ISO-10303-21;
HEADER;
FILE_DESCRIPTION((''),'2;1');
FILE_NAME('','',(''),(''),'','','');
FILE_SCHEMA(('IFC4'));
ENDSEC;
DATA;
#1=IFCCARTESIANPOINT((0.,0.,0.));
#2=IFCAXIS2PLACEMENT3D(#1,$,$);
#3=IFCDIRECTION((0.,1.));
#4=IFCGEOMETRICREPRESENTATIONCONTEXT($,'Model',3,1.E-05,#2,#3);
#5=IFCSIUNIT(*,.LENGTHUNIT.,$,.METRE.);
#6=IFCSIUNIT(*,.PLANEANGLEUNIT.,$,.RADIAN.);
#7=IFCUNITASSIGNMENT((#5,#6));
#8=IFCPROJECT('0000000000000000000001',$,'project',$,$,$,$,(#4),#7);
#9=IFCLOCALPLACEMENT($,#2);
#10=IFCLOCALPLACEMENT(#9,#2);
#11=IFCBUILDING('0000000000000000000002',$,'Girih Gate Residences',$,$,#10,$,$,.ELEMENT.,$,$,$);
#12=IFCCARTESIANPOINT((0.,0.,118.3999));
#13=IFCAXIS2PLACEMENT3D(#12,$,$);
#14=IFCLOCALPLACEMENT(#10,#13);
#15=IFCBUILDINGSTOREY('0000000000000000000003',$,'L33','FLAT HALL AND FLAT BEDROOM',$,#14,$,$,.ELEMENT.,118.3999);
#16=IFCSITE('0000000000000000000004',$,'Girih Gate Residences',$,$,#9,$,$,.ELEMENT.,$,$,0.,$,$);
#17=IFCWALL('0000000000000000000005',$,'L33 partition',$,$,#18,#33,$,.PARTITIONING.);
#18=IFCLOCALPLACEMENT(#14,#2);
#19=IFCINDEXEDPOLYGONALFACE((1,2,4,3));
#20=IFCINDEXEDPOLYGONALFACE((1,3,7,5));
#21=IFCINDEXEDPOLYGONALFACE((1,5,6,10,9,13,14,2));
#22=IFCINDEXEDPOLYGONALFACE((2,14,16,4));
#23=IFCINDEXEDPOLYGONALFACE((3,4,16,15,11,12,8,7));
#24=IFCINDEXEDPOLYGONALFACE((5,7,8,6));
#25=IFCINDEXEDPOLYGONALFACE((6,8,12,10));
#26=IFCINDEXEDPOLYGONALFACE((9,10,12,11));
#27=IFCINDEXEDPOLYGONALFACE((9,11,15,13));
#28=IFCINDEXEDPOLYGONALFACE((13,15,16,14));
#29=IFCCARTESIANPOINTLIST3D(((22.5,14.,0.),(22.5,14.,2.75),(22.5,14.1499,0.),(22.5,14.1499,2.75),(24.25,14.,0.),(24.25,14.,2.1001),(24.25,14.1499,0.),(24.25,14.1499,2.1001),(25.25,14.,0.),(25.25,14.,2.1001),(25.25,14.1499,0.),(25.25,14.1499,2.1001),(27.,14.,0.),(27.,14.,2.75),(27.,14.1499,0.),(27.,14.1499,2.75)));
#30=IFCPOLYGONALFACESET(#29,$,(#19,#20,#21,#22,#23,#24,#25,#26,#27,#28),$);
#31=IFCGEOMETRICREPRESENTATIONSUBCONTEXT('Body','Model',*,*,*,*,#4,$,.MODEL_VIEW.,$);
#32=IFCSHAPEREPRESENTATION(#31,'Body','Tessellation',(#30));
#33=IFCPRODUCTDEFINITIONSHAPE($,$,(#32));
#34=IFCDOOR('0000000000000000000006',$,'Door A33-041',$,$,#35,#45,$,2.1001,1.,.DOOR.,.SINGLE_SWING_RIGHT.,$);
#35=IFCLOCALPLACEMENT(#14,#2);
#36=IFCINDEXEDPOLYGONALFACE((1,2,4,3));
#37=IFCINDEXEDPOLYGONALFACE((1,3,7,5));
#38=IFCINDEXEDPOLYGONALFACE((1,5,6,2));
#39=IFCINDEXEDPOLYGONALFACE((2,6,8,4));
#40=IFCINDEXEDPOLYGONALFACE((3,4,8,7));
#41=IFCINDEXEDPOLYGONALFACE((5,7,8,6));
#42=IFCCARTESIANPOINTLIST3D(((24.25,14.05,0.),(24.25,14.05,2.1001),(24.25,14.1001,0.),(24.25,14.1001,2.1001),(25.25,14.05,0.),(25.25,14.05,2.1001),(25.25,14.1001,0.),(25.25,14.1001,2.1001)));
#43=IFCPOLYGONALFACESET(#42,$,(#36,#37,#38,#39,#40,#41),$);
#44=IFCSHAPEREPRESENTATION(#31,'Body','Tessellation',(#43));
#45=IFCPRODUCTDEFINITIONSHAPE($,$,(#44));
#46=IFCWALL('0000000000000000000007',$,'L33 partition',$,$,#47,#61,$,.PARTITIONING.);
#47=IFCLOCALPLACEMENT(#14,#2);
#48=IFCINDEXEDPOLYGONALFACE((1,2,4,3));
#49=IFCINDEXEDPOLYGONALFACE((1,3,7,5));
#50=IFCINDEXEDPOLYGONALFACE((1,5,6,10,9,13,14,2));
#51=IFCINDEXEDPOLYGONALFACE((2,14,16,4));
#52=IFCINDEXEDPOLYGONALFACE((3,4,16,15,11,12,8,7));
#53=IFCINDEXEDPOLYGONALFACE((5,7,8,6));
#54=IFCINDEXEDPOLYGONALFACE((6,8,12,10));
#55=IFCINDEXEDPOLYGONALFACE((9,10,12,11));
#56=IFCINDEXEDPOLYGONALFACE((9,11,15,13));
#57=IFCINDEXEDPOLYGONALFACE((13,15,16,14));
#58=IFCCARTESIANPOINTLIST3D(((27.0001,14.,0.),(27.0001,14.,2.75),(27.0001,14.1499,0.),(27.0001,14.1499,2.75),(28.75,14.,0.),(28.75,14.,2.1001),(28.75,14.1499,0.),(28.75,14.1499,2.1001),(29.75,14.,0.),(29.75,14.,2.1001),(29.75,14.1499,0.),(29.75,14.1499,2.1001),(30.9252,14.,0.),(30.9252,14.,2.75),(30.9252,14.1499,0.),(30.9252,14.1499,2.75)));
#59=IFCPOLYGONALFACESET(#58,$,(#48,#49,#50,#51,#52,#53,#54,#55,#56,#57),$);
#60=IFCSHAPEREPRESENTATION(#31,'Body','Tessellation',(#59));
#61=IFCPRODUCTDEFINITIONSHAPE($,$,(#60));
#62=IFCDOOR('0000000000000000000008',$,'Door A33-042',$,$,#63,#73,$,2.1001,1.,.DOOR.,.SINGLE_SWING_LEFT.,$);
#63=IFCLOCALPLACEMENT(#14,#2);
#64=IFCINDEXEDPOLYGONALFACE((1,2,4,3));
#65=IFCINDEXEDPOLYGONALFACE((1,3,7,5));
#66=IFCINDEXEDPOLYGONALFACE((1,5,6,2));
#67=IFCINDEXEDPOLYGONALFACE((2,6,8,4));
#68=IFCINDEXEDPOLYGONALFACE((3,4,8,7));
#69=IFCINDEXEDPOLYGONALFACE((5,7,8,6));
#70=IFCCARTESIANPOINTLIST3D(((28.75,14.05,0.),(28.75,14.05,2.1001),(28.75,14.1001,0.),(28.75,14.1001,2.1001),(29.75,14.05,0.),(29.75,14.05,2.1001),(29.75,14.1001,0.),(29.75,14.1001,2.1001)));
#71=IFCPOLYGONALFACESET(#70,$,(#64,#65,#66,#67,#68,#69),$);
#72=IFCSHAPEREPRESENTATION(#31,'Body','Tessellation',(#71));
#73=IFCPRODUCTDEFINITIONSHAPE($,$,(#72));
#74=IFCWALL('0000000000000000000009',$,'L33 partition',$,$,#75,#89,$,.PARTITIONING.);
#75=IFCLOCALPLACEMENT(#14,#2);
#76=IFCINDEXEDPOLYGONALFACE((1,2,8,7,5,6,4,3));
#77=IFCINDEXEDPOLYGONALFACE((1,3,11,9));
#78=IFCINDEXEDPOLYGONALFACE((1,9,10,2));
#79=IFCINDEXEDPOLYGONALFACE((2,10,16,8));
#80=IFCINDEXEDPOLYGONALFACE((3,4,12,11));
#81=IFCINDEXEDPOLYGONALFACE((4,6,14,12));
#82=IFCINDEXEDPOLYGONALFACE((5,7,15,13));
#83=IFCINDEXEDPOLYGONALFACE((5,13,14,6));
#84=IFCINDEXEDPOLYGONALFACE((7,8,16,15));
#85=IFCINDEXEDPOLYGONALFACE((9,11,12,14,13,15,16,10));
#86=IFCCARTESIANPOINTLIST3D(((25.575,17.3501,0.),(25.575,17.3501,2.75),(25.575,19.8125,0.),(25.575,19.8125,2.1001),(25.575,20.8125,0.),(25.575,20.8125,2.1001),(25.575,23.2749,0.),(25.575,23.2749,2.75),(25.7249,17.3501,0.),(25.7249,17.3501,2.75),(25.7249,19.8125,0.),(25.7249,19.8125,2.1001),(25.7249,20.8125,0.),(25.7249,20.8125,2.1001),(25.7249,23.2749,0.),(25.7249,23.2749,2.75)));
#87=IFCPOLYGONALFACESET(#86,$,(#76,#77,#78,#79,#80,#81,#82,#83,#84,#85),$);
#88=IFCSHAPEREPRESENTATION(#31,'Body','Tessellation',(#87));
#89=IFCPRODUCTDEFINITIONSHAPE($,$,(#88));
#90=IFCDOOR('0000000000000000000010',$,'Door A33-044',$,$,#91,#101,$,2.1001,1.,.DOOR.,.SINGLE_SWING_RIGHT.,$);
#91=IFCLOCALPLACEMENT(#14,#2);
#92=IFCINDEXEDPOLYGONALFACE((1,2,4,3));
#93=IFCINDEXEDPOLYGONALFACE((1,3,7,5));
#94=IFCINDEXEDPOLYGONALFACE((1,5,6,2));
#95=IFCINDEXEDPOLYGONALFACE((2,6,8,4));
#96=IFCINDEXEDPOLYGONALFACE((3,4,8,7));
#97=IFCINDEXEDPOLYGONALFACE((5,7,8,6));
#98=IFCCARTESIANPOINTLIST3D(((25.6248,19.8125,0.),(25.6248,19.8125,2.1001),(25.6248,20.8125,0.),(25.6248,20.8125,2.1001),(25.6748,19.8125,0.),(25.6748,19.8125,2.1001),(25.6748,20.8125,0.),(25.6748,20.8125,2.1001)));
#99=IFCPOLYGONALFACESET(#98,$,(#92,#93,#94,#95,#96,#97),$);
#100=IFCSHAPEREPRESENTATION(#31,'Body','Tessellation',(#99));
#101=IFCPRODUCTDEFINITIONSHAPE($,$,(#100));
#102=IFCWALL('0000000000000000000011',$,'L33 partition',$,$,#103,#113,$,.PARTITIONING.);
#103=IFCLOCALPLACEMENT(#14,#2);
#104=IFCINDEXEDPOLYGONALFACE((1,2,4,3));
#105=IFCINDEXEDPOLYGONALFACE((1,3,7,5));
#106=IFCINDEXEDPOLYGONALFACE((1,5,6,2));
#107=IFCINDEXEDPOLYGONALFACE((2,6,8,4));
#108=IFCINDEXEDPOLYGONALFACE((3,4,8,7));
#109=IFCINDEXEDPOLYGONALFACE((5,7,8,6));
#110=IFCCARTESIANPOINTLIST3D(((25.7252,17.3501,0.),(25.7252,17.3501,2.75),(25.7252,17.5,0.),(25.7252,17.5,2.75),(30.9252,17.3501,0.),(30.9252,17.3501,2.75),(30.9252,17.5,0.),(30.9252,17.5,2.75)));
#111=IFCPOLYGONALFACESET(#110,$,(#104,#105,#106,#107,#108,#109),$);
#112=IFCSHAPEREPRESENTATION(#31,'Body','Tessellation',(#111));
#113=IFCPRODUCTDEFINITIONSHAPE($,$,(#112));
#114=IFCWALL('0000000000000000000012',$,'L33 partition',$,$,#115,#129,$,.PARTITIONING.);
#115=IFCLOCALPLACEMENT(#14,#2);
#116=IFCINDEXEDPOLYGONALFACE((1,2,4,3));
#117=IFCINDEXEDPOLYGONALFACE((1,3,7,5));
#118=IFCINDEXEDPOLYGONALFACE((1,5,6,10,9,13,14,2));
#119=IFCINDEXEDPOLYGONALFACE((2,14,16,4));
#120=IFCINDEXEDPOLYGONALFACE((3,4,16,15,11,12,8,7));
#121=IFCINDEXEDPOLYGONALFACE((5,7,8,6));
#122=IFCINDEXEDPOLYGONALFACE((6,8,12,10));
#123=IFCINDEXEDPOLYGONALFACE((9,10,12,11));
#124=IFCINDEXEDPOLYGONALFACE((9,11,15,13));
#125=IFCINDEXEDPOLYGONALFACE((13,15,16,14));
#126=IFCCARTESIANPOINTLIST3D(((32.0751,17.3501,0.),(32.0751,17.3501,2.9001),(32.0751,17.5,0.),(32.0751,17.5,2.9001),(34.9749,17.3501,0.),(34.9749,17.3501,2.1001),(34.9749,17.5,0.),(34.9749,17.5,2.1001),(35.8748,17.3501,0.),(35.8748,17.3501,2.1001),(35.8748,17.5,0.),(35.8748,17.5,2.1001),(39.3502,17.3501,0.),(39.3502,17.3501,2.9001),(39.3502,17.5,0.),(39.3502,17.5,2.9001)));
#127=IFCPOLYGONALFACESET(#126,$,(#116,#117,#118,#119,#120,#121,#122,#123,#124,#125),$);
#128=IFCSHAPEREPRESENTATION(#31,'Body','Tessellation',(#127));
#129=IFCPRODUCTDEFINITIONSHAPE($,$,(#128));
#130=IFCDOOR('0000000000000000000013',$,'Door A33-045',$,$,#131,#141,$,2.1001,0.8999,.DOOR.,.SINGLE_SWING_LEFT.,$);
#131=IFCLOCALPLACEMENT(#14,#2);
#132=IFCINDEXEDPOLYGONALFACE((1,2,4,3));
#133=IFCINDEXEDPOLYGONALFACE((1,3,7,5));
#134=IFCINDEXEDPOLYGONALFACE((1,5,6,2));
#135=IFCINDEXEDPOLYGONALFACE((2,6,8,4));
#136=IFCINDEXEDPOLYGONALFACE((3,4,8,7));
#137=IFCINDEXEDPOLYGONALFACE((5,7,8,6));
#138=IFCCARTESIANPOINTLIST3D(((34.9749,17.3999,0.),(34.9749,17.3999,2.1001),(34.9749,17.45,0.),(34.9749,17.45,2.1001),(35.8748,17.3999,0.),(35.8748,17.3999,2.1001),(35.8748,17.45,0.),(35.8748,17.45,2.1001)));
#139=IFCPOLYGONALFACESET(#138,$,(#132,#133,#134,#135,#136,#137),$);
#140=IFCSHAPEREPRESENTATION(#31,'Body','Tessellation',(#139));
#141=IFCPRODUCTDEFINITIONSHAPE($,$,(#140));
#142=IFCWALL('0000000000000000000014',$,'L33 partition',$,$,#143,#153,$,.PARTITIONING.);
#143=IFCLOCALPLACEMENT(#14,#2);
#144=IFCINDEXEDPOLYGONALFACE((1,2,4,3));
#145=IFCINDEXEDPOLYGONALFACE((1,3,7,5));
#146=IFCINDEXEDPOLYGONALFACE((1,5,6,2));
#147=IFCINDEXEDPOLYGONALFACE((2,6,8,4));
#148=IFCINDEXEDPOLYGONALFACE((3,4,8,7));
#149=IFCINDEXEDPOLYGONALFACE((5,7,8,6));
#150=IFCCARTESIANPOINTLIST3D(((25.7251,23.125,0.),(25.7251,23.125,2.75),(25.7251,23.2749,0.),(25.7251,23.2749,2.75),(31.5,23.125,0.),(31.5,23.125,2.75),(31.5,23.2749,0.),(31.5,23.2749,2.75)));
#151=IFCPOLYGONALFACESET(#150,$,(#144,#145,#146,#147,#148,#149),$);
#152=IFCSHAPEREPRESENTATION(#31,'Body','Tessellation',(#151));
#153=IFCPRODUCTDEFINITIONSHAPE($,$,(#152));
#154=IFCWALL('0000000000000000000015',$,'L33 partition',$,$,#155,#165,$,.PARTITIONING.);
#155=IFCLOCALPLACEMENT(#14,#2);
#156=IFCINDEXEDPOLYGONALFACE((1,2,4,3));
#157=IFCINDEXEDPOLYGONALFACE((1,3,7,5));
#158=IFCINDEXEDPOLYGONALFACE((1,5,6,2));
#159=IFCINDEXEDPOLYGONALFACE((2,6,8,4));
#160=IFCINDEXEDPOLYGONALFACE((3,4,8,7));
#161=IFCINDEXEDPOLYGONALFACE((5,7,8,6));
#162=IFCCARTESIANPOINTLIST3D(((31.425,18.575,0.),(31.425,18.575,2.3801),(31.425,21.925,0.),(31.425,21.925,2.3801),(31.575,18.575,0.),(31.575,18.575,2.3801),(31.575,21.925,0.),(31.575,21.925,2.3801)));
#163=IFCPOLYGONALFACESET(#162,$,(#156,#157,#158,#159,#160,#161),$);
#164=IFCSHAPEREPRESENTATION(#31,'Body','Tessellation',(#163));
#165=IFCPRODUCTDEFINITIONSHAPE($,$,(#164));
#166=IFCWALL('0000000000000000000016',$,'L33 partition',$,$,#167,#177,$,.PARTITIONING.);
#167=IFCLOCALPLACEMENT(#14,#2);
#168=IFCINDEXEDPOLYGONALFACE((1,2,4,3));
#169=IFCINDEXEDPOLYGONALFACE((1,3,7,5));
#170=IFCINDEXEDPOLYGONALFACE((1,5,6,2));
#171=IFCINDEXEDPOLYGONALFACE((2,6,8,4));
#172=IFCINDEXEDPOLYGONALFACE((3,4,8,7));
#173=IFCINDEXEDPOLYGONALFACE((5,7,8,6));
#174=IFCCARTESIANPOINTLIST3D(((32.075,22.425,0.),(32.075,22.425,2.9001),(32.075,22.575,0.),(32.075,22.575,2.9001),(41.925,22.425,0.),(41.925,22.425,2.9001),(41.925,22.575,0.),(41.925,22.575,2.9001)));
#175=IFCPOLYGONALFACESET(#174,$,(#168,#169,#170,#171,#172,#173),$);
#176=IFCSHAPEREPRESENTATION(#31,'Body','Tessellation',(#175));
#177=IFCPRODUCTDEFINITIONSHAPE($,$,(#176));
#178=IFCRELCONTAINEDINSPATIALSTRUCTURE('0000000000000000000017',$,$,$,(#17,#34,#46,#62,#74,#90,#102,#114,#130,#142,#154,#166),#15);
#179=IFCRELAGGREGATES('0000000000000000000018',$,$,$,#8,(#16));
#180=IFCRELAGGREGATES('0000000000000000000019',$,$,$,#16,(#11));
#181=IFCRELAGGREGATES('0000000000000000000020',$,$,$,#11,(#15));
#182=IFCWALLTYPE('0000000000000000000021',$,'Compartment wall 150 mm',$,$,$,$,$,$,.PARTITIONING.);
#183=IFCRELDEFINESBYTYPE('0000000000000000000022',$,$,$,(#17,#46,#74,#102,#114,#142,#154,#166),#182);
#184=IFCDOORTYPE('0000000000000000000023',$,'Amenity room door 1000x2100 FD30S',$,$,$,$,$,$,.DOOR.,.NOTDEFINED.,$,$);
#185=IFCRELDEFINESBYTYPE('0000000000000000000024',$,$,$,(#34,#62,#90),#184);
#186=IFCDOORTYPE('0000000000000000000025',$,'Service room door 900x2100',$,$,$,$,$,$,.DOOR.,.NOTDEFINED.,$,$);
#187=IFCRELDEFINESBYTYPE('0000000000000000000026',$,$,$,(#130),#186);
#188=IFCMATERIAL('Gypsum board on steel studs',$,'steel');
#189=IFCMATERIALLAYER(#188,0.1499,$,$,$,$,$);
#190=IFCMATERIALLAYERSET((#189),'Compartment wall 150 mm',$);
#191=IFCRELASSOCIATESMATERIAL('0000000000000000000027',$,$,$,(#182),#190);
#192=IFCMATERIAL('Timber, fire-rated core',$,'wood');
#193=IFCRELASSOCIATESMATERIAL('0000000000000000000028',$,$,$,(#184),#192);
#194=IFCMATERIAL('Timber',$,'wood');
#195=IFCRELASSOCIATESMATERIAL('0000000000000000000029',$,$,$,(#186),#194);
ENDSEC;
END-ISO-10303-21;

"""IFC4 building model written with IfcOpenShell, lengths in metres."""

from ifc_helpers import new_model, si_unit, direction, frame, frame_2d, origin, place, context, subcontext, project, spatial, rectangle, extrude, material, layer, layer_set, type_object, element, fill, save


model = new_model("IFC4")

# Units and contexts
model_context = context("Model", 3, precision=1e-05, world=origin(), true_north=direction((0.0, 1.0)))
body_context = subcontext(model_context, "Body", "Model", "MODEL_VIEW")
ifc_project = project(units=[si_unit("LENGTHUNIT", "METRE"), si_unit("PLANEANGLEUNIT", "RADIAN")], contexts=[model_context])

# Site, building, storey
site_placement = place(None, origin())
site = spatial("IfcSite", under=ifc_project, at=site_placement, Name="Girih Gate Residences", CompositionType="ELEMENT", RefElevation=0.0)
building_placement = place(site_placement, origin())
building = spatial("IfcBuilding", under=site, at=building_placement, Name="Girih Gate Residences", CompositionType="ELEMENT")
storey_placement = place(building_placement, frame((0.0, 0.0, 118.3999)))
storey = spatial("IfcBuildingStorey", under=building, at=storey_placement, Name="L33", Description="FLAT HALL AND FLAT BEDROOM", CompositionType="ELEMENT", Elevation=118.3999)

# Shared definitions
ifc_material_1 = material(Name="Gypsum board on steel studs", Category="steel")

# Shared definitions
ifc_layer_1 = layer(ifc_material_1, 0.1499)
ifc_layer_set_1 = layer_set([ifc_layer_1], Name="Compartment wall 150 mm")
wall_type_1 = type_object("IfcWallType", Name="Compartment wall 150 mm", PredefinedType="PARTITIONING", material=ifc_layer_set_1)
ifc_material_2 = material(Name="Timber, fire-rated core", Category="wood")

# Walls, openings, doors
wall_1_placement = place(storey_placement, frame((27.0, 14.075, 0.0), z_axis=(0.0, 0.0, 1.0), x_axis=(-1.0, 0.0, 0.0)))
wall_1 = element("IfcWall", 1, at=wall_1_placement, inside=storey, type_object=wall_type_1, Name="L33 partition", PredefinedType="PARTITIONING", context=body_context, shape_type="SweptSolid", body=[
    extrude(rectangle(XDim=4.5, YDim=0.1499, at=frame_2d((2.25, 0.0))), origin(), (0.0, 0.0, 1.0), 2.75),
])
opening_1_placement = place(wall_1_placement, frame((1.75, 0.0, 0.0)))
opening_1 = element("IfcOpeningElement", 2, at=opening_1_placement, cuts=wall_1, PredefinedType="OPENING", context=body_context, shape_type="SweptSolid", body=[
    extrude(rectangle(XDim=1.0, YDim=2.1001, at=frame_2d((0.5, 1.05))), frame((0.0, 0.085, 0.0), z_axis=(0.0, -1.0, 0.0), x_axis=(1.0, 0.0, 0.0)), (0.0, 0.0, 1.0), 0.1699),
])
door_type_1 = type_object("IfcDoorType", Name="Amenity room door 1000x2100 FD30S", OperationType="NOTDEFINED", PredefinedType="DOOR", material=ifc_material_2)
door_1_placement = place(opening_1_placement, origin())
door_1 = element("IfcDoor", 3, at=door_1_placement, inside=storey, type_object=door_type_1, Name="Door A33-041", OperationType="SINGLE_SWING_RIGHT", OverallHeight=2.1001, OverallWidth=1.0, PredefinedType="DOOR", context=body_context, shape_type="SweptSolid", body=[
    extrude(rectangle(XDim=1.0, YDim=2.1001, at=frame_2d((0.5, 1.05))), frame((0.0, 0.0249, 0.0), z_axis=(0.0, -1.0, 0.0), x_axis=(1.0, 0.0, 0.0)), (0.0, 0.0, 1.0), 0.05),
])
fill(opening_1, door_1)
wall_2_placement = place(storey_placement, frame((30.925, 14.075, 0.0), z_axis=(0.0, 0.0, 1.0), x_axis=(-1.0, 0.0, 0.0)))
wall_2 = element("IfcWall", 4, at=wall_2_placement, inside=storey, type_object=wall_type_1, Name="L33 partition", PredefinedType="PARTITIONING", context=body_context, shape_type="SweptSolid", body=[
    extrude(rectangle(XDim=3.925, YDim=0.1499, at=frame_2d((1.9624, 0.0))), origin(), (0.0, 0.0, 1.0), 2.75),
])
opening_2_placement = place(wall_2_placement, frame((1.175, 0.0, 0.0)))
opening_2 = element("IfcOpeningElement", 5, at=opening_2_placement, cuts=wall_2, PredefinedType="OPENING", context=body_context, shape_type="SweptSolid", body=[
    extrude(rectangle(XDim=1.0, YDim=2.1001, at=frame_2d((0.5, 1.05))), frame((0.0, 0.085, 0.0), z_axis=(0.0, -1.0, 0.0), x_axis=(1.0, 0.0, 0.0)), (0.0, 0.0, 1.0), 0.1699),
])
door_2_placement = place(opening_2_placement, origin())
door_2 = element("IfcDoor", 6, at=door_2_placement, inside=storey, type_object=door_type_1, Name="Door A33-042", OperationType="SINGLE_SWING_LEFT", OverallHeight=2.1001, OverallWidth=1.0, PredefinedType="DOOR", context=body_context, shape_type="SweptSolid", body=[
    extrude(rectangle(XDim=1.0, YDim=2.1001, at=frame_2d((0.5, 1.05))), frame((0.0, 0.0249, 0.0), z_axis=(0.0, -1.0, 0.0), x_axis=(1.0, 0.0, 0.0)), (0.0, 0.0, 1.0), 0.05),
])
fill(opening_2, door_2)
wall_3_placement = place(storey_placement, frame((25.6499, 23.2749, 0.0), z_axis=(0.0, 0.0, 1.0), x_axis=(0.0, -1.0, 0.0)))
wall_3 = element("IfcWall", 7, at=wall_3_placement, inside=storey, type_object=wall_type_1, Name="L33 partition", PredefinedType="PARTITIONING", context=body_context, shape_type="SweptSolid", body=[
    extrude(rectangle(XDim=5.9248, YDim=0.1499, at=frame_2d((2.9624, 0.0))), origin(), (0.0, 0.0, 1.0), 2.75),
])
opening_3_placement = place(wall_3_placement, frame((2.4624, 0.0, 0.0)))
opening_3 = element("IfcOpeningElement", 8, at=opening_3_placement, cuts=wall_3, PredefinedType="OPENING", context=body_context, shape_type="SweptSolid", body=[
    extrude(rectangle(XDim=1.0, YDim=2.1001, at=frame_2d((0.5, 1.05))), frame((0.0, 0.085, 0.0), z_axis=(0.0, -1.0, 0.0), x_axis=(1.0, 0.0, 0.0)), (0.0, 0.0, 1.0), 0.1699),
])
door_3_placement = place(opening_3_placement, origin())
door_3 = element("IfcDoor", 9, at=door_3_placement, inside=storey, type_object=door_type_1, Name="Door A33-044", OperationType="SINGLE_SWING_RIGHT", OverallHeight=2.1001, OverallWidth=1.0, PredefinedType="DOOR", context=body_context, shape_type="SweptSolid", body=[
    extrude(rectangle(XDim=1.0, YDim=2.1001, at=frame_2d((0.5, 1.05))), frame((0.0, 0.0249, 0.0), z_axis=(0.0, -1.0, 0.0), x_axis=(1.0, 0.0, 0.0)), (0.0, 0.0, 1.0), 0.05),
])
fill(opening_3, door_3)

# Wall
wall_4_placement = place(storey_placement, frame((25.7251, 17.425, 0.0), z_axis=(0.0, 0.0, 1.0), x_axis=(1.0, 0.0, 0.0)))
element("IfcWall", 10, at=wall_4_placement, inside=storey, type_object=wall_type_1, Name="L33 partition", PredefinedType="PARTITIONING", context=body_context, shape_type="SweptSolid", body=[
    extrude(rectangle(XDim=5.2, YDim=0.1499, at=frame_2d((2.6001, 0.0))), origin(), (0.0, 0.0, 1.0), 2.75),
])

# Wall, opening, door
wall_5_placement = place(storey_placement, frame((32.075, 17.425, 0.0), z_axis=(0.0, 0.0, 1.0), x_axis=(1.0, 0.0, 0.0)))
wall_5 = element("IfcWall", 11, at=wall_5_placement, inside=storey, type_object=wall_type_1, Name="L33 partition", PredefinedType="PARTITIONING", context=body_context, shape_type="SweptSolid", body=[
    extrude(rectangle(XDim=7.2751, YDim=0.1499, at=frame_2d((3.6377, 0.0))), origin(), (0.0, 0.0, 1.0), 2.9001),
])
opening_4_placement = place(wall_5_placement, frame((2.8999, 0.0, 0.0)))
opening_4 = element("IfcOpeningElement", 12, at=opening_4_placement, cuts=wall_5, PredefinedType="OPENING", context=body_context, shape_type="SweptSolid", body=[
    extrude(rectangle(XDim=0.8999, YDim=2.1001, at=frame_2d((0.45, 1.05))), frame((0.0, 0.085, 0.0), z_axis=(0.0, -1.0, 0.0), x_axis=(1.0, 0.0, 0.0)), (0.0, 0.0, 1.0), 0.1699),
])
ifc_material_3 = material(Name="Timber", Category="wood")
door_type_2 = type_object("IfcDoorType", Name="Service room door 900x2100", OperationType="NOTDEFINED", PredefinedType="DOOR", material=ifc_material_3)
door_4_placement = place(opening_4_placement, origin())
door_4 = element("IfcDoor", 13, at=door_4_placement, inside=storey, type_object=door_type_2, Name="Door A33-045", OperationType="SINGLE_SWING_LEFT", OverallHeight=2.1001, OverallWidth=0.8999, PredefinedType="DOOR", context=body_context, shape_type="SweptSolid", body=[
    extrude(rectangle(XDim=0.8999, YDim=2.1001, at=frame_2d((0.45, 1.05))), frame((0.0, 0.0249, 0.0), z_axis=(0.0, -1.0, 0.0), x_axis=(1.0, 0.0, 0.0)), (0.0, 0.0, 1.0), 0.05),
])
fill(opening_4, door_4)

# Walls
wall_6_placement = place(storey_placement, frame((25.7251, 23.2, 0.0), z_axis=(0.0, 0.0, 1.0), x_axis=(1.0, 0.0, 0.0)))
element("IfcWall", 14, at=wall_6_placement, inside=storey, type_object=wall_type_1, Name="L33 partition", PredefinedType="PARTITIONING", context=body_context, shape_type="SweptSolid", body=[
    extrude(rectangle(XDim=5.7749, YDim=0.1499, at=frame_2d((2.8875, 0.0))), origin(), (0.0, 0.0, 1.0), 2.75),
])
wall_7_placement = place(storey_placement, frame((31.5, 18.575, 0.0), z_axis=(0.0, 0.0, 1.0), x_axis=(0.0, 1.0, 0.0)))
element("IfcWall", 15, at=wall_7_placement, inside=storey, type_object=wall_type_1, Name="L33 partition", PredefinedType="PARTITIONING", context=body_context, shape_type="SweptSolid", body=[
    extrude(rectangle(XDim=3.3501, YDim=0.1499, at=frame_2d((1.675, 0.0))), origin(), (0.0, 0.0, 1.0), 2.3801),
])
wall_8_placement = place(storey_placement, frame((32.075, 22.5, 0.0), z_axis=(0.0, 0.0, 1.0), x_axis=(1.0, 0.0, 0.0)))
element("IfcWall", 16, at=wall_8_placement, inside=storey, type_object=wall_type_1, Name="L33 partition", PredefinedType="PARTITIONING", context=body_context, shape_type="SweptSolid", body=[
    extrude(rectangle(XDim=9.8501, YDim=0.1499, at=frame_2d((4.925, 0.0))), origin(), (0.0, 0.0, 1.0), 2.9001),
])

save(model, "model.ifc")
